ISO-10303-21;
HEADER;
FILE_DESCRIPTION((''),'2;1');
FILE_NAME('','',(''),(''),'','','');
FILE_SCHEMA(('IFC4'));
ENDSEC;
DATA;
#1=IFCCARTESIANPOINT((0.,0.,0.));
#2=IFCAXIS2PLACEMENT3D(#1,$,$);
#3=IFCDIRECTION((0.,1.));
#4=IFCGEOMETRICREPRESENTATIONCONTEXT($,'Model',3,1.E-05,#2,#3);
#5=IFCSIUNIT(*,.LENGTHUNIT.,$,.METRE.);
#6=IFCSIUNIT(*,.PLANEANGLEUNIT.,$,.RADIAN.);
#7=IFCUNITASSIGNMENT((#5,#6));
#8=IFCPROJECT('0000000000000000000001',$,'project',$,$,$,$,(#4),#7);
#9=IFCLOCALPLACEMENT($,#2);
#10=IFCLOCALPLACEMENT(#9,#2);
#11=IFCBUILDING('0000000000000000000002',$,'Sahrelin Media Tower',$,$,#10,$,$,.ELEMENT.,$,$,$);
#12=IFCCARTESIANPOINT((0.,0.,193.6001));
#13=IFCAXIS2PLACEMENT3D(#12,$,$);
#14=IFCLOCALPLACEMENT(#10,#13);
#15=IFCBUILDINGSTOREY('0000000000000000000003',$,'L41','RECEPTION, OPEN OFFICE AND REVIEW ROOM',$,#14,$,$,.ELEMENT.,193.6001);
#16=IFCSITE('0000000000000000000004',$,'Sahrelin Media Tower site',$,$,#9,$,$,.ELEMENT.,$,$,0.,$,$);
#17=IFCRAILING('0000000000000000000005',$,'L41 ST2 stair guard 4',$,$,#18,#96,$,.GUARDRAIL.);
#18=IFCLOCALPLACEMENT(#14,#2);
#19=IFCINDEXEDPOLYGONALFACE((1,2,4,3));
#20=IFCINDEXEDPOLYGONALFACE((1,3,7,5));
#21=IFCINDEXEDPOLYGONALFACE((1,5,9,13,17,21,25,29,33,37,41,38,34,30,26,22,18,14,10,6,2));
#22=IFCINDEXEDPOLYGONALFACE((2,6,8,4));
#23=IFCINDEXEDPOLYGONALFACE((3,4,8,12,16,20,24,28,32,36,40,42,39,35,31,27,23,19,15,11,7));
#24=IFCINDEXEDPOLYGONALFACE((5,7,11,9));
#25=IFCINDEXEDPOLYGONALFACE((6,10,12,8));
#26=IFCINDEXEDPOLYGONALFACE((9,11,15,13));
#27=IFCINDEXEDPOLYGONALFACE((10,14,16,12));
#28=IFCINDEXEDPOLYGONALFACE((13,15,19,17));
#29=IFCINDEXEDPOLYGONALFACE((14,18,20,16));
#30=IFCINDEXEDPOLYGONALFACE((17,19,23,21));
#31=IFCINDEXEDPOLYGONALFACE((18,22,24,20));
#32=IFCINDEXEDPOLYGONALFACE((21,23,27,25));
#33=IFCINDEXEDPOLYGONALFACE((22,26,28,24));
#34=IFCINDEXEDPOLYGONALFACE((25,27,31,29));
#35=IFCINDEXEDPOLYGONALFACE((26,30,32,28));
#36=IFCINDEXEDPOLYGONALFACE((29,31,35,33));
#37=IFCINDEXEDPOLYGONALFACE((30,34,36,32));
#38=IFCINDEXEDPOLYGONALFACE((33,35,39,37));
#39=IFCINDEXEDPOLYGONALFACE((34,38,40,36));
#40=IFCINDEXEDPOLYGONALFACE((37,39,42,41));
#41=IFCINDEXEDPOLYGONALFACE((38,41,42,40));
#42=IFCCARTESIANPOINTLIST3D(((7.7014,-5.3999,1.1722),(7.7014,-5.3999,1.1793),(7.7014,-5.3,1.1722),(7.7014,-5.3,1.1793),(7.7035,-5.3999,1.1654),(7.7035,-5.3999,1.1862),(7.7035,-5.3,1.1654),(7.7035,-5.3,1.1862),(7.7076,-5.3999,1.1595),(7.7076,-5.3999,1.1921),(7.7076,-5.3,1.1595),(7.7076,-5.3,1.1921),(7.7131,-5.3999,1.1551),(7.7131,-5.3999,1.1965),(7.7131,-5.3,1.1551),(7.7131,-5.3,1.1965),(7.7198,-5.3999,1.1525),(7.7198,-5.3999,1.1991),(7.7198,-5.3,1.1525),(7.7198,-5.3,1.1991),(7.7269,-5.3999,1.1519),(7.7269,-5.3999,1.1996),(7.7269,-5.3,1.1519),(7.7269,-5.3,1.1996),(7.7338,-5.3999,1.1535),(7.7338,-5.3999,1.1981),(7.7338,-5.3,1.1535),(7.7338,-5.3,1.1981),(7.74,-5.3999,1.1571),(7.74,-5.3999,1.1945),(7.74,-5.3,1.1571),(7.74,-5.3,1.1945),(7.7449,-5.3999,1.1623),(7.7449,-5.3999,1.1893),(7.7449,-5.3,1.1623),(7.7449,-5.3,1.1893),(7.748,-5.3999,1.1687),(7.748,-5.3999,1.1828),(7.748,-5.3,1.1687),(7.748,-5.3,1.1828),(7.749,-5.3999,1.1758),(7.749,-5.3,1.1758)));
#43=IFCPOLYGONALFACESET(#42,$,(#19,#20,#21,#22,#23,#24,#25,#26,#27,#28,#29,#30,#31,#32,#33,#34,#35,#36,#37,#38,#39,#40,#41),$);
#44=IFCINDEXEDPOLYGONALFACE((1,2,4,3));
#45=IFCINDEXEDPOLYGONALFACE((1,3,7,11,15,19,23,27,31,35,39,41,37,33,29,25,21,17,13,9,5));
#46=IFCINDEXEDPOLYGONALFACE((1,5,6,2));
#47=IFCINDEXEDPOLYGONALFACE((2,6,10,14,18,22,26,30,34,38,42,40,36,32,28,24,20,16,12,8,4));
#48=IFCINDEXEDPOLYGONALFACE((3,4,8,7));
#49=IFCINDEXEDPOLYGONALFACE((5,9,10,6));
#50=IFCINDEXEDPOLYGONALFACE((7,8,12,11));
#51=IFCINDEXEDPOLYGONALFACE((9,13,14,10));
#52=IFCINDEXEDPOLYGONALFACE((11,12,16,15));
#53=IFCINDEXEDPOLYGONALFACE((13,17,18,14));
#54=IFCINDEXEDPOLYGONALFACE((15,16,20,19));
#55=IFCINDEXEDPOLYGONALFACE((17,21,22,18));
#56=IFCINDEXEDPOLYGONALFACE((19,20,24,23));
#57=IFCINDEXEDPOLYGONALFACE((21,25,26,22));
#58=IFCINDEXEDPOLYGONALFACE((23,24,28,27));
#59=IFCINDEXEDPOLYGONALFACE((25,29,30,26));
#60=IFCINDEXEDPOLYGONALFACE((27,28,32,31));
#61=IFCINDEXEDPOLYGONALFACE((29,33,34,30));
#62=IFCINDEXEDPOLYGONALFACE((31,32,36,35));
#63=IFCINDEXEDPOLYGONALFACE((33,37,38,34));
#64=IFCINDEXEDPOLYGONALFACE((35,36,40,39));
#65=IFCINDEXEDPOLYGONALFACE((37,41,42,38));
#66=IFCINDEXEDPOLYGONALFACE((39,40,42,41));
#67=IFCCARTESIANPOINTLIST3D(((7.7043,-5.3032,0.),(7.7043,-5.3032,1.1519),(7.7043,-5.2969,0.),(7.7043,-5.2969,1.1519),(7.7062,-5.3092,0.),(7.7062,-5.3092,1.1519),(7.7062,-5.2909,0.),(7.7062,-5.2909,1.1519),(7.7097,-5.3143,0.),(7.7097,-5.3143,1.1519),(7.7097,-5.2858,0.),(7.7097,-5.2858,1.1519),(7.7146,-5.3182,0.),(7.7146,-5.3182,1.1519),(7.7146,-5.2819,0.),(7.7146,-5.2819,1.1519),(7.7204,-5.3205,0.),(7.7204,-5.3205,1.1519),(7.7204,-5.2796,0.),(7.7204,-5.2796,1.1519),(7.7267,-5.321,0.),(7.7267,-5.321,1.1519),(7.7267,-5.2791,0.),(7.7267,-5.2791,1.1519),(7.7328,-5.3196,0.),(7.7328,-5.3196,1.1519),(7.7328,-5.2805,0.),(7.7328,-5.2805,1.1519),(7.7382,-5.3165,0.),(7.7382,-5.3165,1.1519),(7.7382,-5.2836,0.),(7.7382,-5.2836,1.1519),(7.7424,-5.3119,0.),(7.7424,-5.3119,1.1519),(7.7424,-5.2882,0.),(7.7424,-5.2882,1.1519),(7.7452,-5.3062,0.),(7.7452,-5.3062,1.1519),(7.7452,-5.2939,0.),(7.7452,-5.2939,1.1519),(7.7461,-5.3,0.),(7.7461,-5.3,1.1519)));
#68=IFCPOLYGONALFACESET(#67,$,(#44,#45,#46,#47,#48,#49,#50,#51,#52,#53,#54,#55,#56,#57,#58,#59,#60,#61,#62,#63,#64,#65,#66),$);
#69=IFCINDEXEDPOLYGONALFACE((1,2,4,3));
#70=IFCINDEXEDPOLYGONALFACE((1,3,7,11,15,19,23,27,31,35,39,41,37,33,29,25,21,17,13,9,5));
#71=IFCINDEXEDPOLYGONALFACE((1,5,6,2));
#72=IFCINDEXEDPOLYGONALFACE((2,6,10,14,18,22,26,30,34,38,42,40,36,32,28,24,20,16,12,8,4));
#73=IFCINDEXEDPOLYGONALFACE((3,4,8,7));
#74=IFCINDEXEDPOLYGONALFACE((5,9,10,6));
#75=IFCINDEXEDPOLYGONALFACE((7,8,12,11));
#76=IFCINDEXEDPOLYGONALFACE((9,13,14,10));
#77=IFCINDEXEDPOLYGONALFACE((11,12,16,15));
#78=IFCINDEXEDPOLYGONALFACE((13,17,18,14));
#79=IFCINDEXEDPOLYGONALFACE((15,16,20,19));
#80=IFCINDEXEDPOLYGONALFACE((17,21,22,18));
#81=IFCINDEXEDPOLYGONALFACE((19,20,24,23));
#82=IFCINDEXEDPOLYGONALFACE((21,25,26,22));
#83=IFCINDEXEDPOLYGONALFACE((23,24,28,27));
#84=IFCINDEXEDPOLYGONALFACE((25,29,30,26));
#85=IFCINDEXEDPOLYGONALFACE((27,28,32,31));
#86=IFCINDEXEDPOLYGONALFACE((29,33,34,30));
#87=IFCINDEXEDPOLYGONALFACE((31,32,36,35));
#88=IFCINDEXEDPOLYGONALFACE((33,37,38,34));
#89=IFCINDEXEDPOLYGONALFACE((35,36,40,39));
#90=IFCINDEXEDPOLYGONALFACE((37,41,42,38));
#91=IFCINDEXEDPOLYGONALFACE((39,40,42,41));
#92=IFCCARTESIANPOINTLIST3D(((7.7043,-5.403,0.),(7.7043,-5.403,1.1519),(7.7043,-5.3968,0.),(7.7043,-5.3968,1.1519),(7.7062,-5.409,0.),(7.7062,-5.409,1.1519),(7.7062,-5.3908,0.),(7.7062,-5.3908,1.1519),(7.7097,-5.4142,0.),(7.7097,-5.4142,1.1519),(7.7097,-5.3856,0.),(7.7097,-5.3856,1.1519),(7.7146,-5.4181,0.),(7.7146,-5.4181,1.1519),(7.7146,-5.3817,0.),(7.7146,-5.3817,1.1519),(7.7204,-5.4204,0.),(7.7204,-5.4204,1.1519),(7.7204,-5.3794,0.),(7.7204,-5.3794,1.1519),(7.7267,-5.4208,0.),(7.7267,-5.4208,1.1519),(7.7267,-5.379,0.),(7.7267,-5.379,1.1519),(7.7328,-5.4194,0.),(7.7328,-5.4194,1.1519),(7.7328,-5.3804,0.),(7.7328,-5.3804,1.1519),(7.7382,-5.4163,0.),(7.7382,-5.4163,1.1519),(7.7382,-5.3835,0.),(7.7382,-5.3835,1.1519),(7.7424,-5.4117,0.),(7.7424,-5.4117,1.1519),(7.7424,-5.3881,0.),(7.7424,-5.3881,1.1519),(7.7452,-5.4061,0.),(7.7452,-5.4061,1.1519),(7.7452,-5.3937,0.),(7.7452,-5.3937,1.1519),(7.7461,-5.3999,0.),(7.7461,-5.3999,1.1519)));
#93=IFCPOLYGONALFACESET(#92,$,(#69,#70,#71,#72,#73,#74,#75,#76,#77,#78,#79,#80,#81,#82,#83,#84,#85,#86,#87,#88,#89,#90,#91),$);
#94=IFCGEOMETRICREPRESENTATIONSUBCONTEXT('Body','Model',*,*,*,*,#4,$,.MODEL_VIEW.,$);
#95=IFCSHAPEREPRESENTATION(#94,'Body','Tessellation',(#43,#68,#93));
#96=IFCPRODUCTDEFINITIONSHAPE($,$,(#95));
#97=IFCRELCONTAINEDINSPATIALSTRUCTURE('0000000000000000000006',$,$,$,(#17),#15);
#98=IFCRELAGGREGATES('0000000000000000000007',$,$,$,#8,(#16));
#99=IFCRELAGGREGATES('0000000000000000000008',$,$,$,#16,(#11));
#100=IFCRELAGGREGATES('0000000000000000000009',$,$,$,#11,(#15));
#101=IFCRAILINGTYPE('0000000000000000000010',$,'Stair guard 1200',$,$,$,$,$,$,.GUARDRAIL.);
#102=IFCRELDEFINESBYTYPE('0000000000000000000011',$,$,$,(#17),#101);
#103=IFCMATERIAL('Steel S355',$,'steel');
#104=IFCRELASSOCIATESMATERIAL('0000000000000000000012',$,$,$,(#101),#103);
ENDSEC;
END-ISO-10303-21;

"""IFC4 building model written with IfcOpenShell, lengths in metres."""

from ifc_helpers import new_model, si_unit, direction, frame, origin, origin_2d, place, context, subcontext, project, spatial, circle, extrude, material, type_object, element, save


model = new_model("IFC4")

# Units and contexts
model_context = context("Model", 3, precision=1e-05, world=origin(), true_north=direction((0.0, 1.0)))
body_context = subcontext(model_context, "Body", "Model", "MODEL_VIEW")
ifc_project = project(units=[si_unit("LENGTHUNIT", "METRE"), si_unit("PLANEANGLEUNIT", "RADIAN")], contexts=[model_context])

# Site, building, storey
site_placement = place(None, origin())
site = spatial("IfcSite", under=ifc_project, at=site_placement, Name="Sahrelin Media Tower site", CompositionType="ELEMENT", RefElevation=0.0)
building_placement = place(site_placement, origin())
building = spatial("IfcBuilding", under=site, at=building_placement, Name="Sahrelin Media Tower", CompositionType="ELEMENT")
storey_placement = place(building_placement, frame((0.0, 0.0, 193.6001)))
storey = spatial("IfcBuildingStorey", under=building, at=storey_placement, Name="L41", Description="RECEPTION, OPEN OFFICE AND REVIEW ROOM", CompositionType="ELEMENT", Elevation=193.6001)

# Shared definitions
ifc_material_1 = material(Name="Steel S355", Category="steel")

# Railing
railing_type_1 = type_object("IfcRailingType", Name="Stair guard 1200", PredefinedType="GUARDRAIL", material=ifc_material_1)
railing_1_placement = place(storey_placement, frame((7.7251, -5.3, 0.0)))
element("IfcRailing", 1, at=railing_1_placement, inside=storey, type_object=railing_type_1, Name="L41 ST2 stair guard 4", PredefinedType="GUARDRAIL", context=body_context, shape_type="SweptSolid", body=[
    extrude(circle(Radius=0.0239, at=origin_2d()), frame((0.0, 0.0, 1.1758), z_axis=(0.0, -1.0, 0.0), x_axis=(1.0, 0.0, 0.0)), (0.0, 0.0, 1.0), 0.0999),
    extrude(circle(Radius=0.021, at=origin_2d()), origin(), (0.0, 0.0, 1.0), 1.1519),
    extrude(circle(Radius=0.021, at=origin_2d()), frame((0.0, -0.0999, 0.0)), (0.0, 0.0, 1.0), 1.1519),
])

save(model, "model.ifc")
